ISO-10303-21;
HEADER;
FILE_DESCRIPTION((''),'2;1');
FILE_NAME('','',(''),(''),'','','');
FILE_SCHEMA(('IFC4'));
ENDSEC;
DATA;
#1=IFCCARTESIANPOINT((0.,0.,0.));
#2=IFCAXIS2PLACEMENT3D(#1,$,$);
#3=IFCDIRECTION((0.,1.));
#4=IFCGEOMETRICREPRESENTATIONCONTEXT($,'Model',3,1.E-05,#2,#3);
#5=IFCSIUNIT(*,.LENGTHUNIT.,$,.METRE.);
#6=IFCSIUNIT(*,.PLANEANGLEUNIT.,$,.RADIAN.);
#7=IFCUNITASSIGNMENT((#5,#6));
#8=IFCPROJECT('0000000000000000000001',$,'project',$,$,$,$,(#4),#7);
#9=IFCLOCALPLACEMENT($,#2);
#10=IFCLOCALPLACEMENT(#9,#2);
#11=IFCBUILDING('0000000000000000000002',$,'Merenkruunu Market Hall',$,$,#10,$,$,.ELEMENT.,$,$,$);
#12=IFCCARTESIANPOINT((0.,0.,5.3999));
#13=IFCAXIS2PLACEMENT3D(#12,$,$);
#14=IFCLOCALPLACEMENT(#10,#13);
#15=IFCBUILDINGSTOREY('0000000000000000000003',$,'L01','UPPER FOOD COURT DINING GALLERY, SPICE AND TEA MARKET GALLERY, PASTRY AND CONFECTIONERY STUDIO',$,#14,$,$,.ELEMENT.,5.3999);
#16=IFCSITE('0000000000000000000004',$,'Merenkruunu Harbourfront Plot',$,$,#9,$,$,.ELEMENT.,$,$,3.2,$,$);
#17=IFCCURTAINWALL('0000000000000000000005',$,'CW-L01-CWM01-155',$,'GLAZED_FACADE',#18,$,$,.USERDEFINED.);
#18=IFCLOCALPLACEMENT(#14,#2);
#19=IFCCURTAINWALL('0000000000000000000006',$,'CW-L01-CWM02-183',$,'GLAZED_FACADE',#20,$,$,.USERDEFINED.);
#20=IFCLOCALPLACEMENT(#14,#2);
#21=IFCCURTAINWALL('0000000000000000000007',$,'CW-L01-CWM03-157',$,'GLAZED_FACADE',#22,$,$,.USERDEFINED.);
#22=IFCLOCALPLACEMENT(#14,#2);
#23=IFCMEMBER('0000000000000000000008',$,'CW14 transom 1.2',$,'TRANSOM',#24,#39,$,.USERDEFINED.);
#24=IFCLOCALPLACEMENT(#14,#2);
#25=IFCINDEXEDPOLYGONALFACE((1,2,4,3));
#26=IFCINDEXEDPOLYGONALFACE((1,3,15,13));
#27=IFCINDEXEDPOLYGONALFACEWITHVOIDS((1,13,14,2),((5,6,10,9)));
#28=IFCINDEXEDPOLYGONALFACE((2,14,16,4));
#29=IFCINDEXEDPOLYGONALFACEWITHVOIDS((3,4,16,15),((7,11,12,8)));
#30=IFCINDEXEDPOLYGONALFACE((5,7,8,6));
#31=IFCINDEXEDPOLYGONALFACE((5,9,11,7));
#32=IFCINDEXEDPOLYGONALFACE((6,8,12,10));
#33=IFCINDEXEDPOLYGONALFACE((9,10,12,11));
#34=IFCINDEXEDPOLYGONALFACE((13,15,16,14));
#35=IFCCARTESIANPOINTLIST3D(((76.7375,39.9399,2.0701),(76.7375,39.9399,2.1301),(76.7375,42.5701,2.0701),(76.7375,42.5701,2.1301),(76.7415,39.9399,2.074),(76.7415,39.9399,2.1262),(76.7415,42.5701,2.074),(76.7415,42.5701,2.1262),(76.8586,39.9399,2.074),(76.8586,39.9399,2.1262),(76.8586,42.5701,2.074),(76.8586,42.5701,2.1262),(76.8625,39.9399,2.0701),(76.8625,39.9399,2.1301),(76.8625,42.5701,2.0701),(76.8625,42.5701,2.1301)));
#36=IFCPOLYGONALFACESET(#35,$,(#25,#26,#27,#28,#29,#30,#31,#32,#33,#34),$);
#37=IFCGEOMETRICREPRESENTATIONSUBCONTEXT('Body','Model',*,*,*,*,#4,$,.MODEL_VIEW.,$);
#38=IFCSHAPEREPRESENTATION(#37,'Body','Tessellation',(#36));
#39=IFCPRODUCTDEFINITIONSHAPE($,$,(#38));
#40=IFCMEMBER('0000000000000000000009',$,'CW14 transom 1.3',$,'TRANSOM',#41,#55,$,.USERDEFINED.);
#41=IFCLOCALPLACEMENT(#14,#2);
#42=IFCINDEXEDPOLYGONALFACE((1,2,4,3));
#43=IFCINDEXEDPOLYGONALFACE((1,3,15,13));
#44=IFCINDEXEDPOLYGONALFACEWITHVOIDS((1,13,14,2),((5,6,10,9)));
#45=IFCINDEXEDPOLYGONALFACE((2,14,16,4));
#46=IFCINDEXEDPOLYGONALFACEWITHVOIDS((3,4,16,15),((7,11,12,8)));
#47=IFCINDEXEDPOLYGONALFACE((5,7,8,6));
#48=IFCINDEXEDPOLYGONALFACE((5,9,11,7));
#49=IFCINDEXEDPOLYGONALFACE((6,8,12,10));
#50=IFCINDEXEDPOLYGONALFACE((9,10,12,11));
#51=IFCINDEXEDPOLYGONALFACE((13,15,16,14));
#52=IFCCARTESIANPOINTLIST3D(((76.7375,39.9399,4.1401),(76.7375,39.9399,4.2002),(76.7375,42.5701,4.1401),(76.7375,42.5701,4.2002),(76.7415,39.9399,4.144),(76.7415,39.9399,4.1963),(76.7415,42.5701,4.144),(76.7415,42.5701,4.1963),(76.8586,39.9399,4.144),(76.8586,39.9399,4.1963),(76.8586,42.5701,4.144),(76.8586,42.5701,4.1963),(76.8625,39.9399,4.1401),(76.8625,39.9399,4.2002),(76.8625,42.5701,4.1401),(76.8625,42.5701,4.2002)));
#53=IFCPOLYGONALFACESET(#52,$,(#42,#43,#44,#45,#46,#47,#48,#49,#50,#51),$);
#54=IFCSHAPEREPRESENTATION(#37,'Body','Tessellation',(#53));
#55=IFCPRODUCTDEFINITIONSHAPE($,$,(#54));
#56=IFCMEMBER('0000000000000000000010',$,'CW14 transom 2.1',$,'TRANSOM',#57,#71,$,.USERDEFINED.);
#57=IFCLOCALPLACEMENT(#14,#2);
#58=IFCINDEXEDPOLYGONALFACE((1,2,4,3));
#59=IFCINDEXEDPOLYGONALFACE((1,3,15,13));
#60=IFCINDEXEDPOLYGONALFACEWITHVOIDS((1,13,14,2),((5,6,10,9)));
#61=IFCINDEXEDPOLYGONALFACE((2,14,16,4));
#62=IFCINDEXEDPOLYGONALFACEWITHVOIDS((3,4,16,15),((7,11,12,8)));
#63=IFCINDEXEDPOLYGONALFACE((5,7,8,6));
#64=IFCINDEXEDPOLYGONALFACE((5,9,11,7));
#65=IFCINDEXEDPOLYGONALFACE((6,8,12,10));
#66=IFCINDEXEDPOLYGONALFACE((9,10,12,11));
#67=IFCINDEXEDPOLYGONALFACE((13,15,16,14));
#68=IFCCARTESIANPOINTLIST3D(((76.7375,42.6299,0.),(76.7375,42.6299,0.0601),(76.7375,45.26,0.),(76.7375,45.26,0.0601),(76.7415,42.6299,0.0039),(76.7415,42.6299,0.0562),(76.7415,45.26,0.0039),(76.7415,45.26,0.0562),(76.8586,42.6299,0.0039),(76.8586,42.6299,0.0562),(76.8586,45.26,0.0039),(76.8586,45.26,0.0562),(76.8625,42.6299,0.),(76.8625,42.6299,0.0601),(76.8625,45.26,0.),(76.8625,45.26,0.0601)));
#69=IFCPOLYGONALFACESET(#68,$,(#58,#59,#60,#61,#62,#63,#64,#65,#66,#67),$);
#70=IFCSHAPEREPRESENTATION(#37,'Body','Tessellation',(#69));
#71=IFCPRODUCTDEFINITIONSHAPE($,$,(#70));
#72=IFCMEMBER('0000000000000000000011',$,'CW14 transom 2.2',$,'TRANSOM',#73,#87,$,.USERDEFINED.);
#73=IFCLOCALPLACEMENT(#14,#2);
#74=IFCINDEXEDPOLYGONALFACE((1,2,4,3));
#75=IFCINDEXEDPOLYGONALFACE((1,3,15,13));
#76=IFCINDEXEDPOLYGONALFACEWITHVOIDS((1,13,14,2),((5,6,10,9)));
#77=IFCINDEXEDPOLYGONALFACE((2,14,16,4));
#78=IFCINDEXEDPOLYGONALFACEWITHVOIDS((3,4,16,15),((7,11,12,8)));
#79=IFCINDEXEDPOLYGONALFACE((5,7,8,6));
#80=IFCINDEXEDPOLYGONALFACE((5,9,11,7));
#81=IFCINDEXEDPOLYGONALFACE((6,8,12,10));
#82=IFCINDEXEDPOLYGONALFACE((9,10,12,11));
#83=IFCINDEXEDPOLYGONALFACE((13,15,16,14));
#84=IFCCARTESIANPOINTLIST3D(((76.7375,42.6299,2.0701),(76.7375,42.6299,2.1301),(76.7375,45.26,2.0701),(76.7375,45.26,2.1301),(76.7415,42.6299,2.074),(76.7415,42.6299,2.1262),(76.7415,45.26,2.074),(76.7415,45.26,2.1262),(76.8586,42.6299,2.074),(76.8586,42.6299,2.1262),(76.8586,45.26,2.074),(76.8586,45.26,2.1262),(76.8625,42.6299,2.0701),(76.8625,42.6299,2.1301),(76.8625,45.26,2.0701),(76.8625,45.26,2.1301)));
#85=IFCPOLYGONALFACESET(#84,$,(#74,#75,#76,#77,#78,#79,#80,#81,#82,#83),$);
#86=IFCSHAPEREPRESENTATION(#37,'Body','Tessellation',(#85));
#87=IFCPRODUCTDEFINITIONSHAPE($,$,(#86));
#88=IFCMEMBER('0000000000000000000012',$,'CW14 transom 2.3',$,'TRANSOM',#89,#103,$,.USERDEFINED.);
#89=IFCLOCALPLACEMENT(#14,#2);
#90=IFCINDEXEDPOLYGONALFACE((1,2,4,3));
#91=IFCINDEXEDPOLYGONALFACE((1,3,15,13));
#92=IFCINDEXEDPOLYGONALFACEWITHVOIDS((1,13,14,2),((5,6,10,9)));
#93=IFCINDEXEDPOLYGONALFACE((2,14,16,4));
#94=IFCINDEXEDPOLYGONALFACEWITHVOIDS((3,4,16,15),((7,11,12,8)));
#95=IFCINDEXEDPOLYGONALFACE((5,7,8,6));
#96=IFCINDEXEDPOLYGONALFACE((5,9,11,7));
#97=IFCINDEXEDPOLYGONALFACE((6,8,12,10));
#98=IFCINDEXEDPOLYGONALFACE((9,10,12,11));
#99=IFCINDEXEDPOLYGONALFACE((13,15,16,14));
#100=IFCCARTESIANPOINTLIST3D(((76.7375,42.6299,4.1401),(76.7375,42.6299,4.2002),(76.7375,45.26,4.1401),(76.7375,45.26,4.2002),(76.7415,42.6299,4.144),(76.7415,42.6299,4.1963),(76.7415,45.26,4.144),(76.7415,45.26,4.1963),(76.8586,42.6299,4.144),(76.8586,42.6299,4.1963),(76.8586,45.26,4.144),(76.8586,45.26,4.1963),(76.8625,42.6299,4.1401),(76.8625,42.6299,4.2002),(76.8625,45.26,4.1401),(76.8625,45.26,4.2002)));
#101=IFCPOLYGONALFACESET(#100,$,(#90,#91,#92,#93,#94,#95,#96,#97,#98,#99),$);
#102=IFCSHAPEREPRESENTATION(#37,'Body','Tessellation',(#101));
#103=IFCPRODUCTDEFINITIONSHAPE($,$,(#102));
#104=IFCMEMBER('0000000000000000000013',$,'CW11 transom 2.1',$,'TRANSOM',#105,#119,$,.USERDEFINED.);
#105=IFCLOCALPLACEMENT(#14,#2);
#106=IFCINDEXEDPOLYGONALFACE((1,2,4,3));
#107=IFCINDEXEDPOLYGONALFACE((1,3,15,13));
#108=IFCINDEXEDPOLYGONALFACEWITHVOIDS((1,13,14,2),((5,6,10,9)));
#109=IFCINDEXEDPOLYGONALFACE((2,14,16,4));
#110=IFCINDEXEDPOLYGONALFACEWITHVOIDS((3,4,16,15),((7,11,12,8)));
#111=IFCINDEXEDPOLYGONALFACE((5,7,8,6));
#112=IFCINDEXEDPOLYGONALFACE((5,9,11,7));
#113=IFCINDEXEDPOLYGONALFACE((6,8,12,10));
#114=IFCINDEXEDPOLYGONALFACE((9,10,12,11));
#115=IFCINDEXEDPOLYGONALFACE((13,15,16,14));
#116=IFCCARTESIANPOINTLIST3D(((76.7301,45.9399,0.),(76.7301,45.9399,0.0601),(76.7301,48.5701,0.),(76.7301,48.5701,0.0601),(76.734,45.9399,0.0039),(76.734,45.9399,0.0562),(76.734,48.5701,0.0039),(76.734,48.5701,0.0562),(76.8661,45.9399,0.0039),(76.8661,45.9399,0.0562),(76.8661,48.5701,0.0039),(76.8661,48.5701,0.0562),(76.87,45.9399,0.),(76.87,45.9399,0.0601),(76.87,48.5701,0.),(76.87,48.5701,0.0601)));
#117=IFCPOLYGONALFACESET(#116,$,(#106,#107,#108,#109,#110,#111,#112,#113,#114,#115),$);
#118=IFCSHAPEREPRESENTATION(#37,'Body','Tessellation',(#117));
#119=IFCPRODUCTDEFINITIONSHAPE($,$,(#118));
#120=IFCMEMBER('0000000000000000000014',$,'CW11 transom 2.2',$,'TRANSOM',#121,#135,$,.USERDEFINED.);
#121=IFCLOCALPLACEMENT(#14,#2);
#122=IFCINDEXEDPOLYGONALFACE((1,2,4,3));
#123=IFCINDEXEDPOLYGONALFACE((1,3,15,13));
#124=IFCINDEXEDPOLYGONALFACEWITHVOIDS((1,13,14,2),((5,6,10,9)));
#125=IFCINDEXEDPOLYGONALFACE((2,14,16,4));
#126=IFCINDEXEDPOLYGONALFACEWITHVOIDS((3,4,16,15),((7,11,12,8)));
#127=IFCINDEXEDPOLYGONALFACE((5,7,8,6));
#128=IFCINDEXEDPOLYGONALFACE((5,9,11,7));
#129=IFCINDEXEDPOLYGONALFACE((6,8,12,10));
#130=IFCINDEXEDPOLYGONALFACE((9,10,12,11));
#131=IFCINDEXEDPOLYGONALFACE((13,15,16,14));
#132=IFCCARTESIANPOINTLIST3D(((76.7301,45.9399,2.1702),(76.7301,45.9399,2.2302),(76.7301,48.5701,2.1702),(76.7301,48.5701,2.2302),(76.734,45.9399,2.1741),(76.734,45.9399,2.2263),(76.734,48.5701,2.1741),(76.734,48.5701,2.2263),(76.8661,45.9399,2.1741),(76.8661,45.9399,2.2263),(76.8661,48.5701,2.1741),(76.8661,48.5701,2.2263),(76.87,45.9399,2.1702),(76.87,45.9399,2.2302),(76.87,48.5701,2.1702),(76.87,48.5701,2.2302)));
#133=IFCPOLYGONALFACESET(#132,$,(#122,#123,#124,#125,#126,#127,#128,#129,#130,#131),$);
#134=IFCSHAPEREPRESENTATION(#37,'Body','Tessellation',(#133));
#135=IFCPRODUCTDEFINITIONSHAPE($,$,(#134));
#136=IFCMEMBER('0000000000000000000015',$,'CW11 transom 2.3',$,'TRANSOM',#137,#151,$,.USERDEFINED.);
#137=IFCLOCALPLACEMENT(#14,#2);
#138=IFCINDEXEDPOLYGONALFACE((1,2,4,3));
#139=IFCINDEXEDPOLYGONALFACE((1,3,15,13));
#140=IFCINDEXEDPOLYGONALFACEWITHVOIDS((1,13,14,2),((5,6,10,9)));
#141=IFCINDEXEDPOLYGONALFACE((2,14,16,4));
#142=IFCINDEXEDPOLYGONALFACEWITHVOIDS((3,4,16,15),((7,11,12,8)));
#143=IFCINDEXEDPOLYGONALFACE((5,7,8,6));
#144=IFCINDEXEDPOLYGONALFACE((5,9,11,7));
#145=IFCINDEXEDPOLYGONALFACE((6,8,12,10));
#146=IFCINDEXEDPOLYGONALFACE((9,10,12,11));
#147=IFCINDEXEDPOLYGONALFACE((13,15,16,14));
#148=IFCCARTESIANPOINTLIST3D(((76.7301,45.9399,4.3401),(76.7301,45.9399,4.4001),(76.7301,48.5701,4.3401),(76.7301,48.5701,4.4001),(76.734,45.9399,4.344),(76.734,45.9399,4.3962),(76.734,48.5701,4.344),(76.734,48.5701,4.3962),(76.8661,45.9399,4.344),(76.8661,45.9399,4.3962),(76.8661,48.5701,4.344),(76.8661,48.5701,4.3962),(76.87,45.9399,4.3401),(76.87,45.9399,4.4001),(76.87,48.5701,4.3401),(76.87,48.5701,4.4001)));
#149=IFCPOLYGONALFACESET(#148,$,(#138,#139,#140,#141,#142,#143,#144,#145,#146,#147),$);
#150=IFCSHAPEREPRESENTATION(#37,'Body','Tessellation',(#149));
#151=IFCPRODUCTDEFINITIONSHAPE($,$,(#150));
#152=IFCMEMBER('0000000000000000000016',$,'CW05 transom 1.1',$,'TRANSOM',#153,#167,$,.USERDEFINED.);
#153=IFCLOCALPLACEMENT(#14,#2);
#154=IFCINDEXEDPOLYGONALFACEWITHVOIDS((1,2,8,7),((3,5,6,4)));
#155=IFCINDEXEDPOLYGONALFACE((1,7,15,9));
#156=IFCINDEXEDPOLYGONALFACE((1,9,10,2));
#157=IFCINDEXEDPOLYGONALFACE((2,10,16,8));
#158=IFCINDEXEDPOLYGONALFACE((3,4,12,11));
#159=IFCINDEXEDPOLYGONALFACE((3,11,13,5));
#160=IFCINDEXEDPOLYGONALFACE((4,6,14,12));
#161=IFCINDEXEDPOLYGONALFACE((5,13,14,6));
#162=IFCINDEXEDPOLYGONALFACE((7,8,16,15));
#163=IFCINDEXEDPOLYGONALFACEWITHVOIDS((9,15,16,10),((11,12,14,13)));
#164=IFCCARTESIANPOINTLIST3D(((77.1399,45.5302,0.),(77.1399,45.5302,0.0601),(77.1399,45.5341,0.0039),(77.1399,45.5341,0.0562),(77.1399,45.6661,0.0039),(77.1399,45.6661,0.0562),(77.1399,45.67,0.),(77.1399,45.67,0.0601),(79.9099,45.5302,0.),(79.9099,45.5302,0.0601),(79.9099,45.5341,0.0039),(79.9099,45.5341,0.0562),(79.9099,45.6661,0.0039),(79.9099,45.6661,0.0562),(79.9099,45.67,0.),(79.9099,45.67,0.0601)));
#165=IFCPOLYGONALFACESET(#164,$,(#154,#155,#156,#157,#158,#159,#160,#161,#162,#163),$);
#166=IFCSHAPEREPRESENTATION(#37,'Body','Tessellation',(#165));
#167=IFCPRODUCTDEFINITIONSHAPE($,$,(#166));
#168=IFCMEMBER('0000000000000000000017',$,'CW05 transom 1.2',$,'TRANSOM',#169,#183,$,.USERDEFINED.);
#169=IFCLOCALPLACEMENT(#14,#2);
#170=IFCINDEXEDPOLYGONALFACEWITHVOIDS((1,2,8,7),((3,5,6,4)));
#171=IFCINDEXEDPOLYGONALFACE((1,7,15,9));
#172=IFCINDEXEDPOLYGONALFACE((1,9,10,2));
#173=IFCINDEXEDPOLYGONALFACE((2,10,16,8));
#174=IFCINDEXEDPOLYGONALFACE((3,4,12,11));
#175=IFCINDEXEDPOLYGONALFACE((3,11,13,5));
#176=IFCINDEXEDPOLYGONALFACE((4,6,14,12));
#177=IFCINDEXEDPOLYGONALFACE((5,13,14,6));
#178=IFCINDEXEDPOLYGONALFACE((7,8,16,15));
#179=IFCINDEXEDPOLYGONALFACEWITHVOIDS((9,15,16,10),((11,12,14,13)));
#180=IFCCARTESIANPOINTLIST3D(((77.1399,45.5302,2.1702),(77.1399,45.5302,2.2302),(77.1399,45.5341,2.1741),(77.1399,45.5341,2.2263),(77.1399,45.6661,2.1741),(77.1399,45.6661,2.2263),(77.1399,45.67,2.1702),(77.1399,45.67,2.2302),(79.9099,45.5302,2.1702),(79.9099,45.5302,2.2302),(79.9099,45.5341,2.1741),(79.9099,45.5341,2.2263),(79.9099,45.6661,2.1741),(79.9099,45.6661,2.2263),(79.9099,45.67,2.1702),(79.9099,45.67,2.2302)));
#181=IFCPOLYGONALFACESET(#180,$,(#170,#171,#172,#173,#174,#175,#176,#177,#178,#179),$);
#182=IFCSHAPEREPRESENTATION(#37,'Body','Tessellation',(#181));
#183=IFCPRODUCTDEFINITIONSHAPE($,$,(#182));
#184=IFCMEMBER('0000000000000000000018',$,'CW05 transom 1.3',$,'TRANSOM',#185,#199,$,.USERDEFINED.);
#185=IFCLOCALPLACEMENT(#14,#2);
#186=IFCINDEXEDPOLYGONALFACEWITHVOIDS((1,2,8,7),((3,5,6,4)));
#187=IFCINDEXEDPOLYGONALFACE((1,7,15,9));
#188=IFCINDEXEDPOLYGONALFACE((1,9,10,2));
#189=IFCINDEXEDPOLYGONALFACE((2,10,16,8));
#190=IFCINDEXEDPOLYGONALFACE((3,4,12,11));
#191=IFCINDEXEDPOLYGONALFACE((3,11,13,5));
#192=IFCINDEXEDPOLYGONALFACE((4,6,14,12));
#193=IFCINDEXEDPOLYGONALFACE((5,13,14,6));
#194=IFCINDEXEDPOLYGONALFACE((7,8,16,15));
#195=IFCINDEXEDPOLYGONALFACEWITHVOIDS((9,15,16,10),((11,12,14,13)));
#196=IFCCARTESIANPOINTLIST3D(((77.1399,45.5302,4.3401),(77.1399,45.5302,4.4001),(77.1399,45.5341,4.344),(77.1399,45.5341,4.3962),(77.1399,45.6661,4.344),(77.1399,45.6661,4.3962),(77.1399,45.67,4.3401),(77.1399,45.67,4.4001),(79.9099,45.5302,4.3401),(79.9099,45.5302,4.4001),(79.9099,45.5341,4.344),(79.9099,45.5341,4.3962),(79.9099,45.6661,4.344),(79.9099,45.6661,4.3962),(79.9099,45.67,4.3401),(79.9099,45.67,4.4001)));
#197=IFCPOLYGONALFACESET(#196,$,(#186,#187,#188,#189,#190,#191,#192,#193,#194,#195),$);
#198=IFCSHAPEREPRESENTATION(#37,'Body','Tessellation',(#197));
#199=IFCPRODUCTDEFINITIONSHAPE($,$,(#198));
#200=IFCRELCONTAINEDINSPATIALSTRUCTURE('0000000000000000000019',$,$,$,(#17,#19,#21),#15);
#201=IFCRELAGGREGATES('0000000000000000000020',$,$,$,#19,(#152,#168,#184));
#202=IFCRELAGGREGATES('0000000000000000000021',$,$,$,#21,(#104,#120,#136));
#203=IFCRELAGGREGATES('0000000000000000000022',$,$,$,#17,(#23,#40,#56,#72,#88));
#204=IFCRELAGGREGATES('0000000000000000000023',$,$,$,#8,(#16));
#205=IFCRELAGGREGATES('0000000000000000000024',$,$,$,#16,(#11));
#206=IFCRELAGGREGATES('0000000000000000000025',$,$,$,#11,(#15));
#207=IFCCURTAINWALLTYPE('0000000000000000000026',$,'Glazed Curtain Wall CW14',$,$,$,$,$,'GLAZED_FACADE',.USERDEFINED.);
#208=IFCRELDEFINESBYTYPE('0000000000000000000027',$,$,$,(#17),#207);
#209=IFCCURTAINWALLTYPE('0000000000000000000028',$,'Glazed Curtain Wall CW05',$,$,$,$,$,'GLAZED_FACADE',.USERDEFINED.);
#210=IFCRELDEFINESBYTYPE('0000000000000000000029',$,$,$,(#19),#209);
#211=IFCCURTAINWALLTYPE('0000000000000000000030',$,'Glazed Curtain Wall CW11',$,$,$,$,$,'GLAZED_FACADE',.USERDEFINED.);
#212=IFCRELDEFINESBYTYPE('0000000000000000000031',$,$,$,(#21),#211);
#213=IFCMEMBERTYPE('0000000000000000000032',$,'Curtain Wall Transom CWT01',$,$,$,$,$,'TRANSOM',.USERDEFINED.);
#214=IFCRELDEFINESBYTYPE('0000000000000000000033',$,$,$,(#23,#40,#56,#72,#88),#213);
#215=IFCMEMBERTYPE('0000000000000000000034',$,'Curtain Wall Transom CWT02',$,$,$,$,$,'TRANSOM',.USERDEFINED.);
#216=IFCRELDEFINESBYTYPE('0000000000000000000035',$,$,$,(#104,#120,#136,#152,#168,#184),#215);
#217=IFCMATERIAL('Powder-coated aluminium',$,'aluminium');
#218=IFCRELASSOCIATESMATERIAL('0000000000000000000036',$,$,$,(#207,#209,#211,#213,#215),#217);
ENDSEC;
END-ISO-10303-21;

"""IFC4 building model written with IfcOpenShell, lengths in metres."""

from ifc_helpers import new_model, si_unit, direction, frame, origin, origin_2d, place, context, subcontext, project, spatial, hollow_rectangle, extrude, material, material_profile, profile_set, type_object, element, aggregate, save


model = new_model("IFC4")

# Units and contexts
model_context = context("Model", 3, precision=1e-05, world=origin(), true_north=direction((0.0, 1.0)))
body_context = subcontext(model_context, "Body", "Model", "MODEL_VIEW")
ifc_project = project(units=[si_unit("LENGTHUNIT", "METRE"), si_unit("PLANEANGLEUNIT", "RADIAN")], contexts=[model_context])

# Site, building, storey
site_placement = place(None, origin())
site = spatial("IfcSite", under=ifc_project, at=site_placement, Name="Merenkruunu Harbourfront Plot", CompositionType="ELEMENT", RefElevation=3.2)
building_placement = place(site_placement, origin())
building = spatial("IfcBuilding", under=site, at=building_placement, Name="Merenkruunu Market Hall", CompositionType="ELEMENT")
storey_placement = place(building_placement, frame((0.0, 0.0, 5.3999)))
storey = spatial("IfcBuildingStorey", under=building, at=storey_placement, Name="L01", Description="UPPER FOOD COURT DINING GALLERY, SPICE AND TEA MARKET GALLERY, PASTRY AND CONFECTIONERY STUDIO", CompositionType="ELEMENT", Elevation=5.3999)

# Curtain wall
ifc_material_1 = material(Name="Powder-coated aluminium", Category="aluminium")
curtain_wall_type_1 = type_object("IfcCurtainWallType", Name="Glazed Curtain Wall CW14", ElementType="GLAZED_FACADE", PredefinedType="USERDEFINED", material=ifc_material_1)
curtain_wall_1_placement = place(storey_placement, origin())
curtain_wall_1 = element("IfcCurtainWall", 1, at=curtain_wall_1_placement, inside=storey, type_object=curtain_wall_type_1, Name="CW-L01-CWM01-155", ObjectType="GLAZED_FACADE", PredefinedType="USERDEFINED")

# Curtain wall
curtain_wall_type_2 = type_object("IfcCurtainWallType", Name="Glazed Curtain Wall CW05", ElementType="GLAZED_FACADE", PredefinedType="USERDEFINED", material=ifc_material_1)
curtain_wall_2_placement = place(storey_placement, origin())
curtain_wall_2 = element("IfcCurtainWall", 2, at=curtain_wall_2_placement, inside=storey, type_object=curtain_wall_type_2, Name="CW-L01-CWM02-183", ObjectType="GLAZED_FACADE", PredefinedType="USERDEFINED")

# Curtain wall
curtain_wall_type_3 = type_object("IfcCurtainWallType", Name="Glazed Curtain Wall CW11", ElementType="GLAZED_FACADE", PredefinedType="USERDEFINED", material=ifc_material_1)
curtain_wall_3_placement = place(storey_placement, origin())
curtain_wall_3 = element("IfcCurtainWall", 3, at=curtain_wall_3_placement, inside=storey, type_object=curtain_wall_type_3, Name="CW-L01-CWM03-157", ObjectType="GLAZED_FACADE", PredefinedType="USERDEFINED")

# Members
ifc_material_profile_1 = material_profile(ifc_material_1, hollow_rectangle(XDim=0.0601, YDim=0.125, WallThickness=0.0039, at=origin_2d()), Name="ALU 60x125x4")
ifc_profile_set_1 = profile_set([ifc_material_profile_1], Name="Powder-coated aluminium")
member_type_1 = type_object("IfcMemberType", Name="Curtain Wall Transom CWT01", ElementType="TRANSOM", PredefinedType="USERDEFINED", material=ifc_profile_set_1)
member_1_placement = place(storey_placement, frame((76.8, 39.9399, 2.1001), z_axis=(0.0, 1.0, 0.0), x_axis=(0.0, 0.0, 1.0)))
member_1 = element("IfcMember", 4, at=member_1_placement, type_object=member_type_1, Name="CW14 transom 1.2", ObjectType="TRANSOM", PredefinedType="USERDEFINED", context=body_context, shape_type="SweptSolid", body=[
    extrude(hollow_rectangle(XDim=0.0601, YDim=0.125, WallThickness=0.0039, at=origin_2d()), origin(), (0.0, 0.0, 1.0), 2.6301),
])
member_2_placement = place(storey_placement, frame((76.8, 39.9399, 4.1702), z_axis=(0.0, 1.0, 0.0), x_axis=(0.0, 0.0, 1.0)))
member_2 = element("IfcMember", 5, at=member_2_placement, type_object=member_type_1, Name="CW14 transom 1.3", ObjectType="TRANSOM", PredefinedType="USERDEFINED", context=body_context, shape_type="SweptSolid", body=[
    extrude(hollow_rectangle(XDim=0.0601, YDim=0.125, WallThickness=0.0039, at=origin_2d()), origin(), (0.0, 0.0, 1.0), 2.6301),
])
member_3_placement = place(storey_placement, frame((76.8, 42.6299, 0.03), z_axis=(0.0, 1.0, 0.0), x_axis=(0.0, 0.0, 1.0)))
member_3 = element("IfcMember", 6, at=member_3_placement, type_object=member_type_1, Name="CW14 transom 2.1", ObjectType="TRANSOM", PredefinedType="USERDEFINED", context=body_context, shape_type="SweptSolid", body=[
    extrude(hollow_rectangle(XDim=0.0601, YDim=0.125, WallThickness=0.0039, at=origin_2d()), origin(), (0.0, 0.0, 1.0), 2.6301),
])
member_4_placement = place(storey_placement, frame((76.8, 42.6299, 2.1001), z_axis=(0.0, 1.0, 0.0), x_axis=(0.0, 0.0, 1.0)))
member_4 = element("IfcMember", 7, at=member_4_placement, type_object=member_type_1, Name="CW14 transom 2.2", ObjectType="TRANSOM", PredefinedType="USERDEFINED", context=body_context, shape_type="SweptSolid", body=[
    extrude(hollow_rectangle(XDim=0.0601, YDim=0.125, WallThickness=0.0039, at=origin_2d()), origin(), (0.0, 0.0, 1.0), 2.6301),
])
member_5_placement = place(storey_placement, frame((76.8, 42.6299, 4.1702), z_axis=(0.0, 1.0, 0.0), x_axis=(0.0, 0.0, 1.0)))
member_5 = element("IfcMember", 8, at=member_5_placement, type_object=member_type_1, Name="CW14 transom 2.3", ObjectType="TRANSOM", PredefinedType="USERDEFINED", context=body_context, shape_type="SweptSolid", body=[
    extrude(hollow_rectangle(XDim=0.0601, YDim=0.125, WallThickness=0.0039, at=origin_2d()), origin(), (0.0, 0.0, 1.0), 2.6301),
])
ifc_material_profile_2 = material_profile(ifc_material_1, hollow_rectangle(XDim=0.0601, YDim=0.1399, WallThickness=0.0039, at=origin_2d()), Name="ALU 60x140x4")
ifc_profile_set_2 = profile_set([ifc_material_profile_2], Name="Powder-coated aluminium")
member_type_2 = type_object("IfcMemberType", Name="Curtain Wall Transom CWT02", ElementType="TRANSOM", PredefinedType="USERDEFINED", material=ifc_profile_set_2)
member_6_placement = place(storey_placement, frame((76.8, 48.5701, 0.03), z_axis=(0.0, -1.0, 0.0), x_axis=(0.0, 0.0, 1.0)))
member_6 = element("IfcMember", 9, at=member_6_placement, type_object=member_type_2, Name="CW11 transom 2.1", ObjectType="TRANSOM", PredefinedType="USERDEFINED", context=body_context, shape_type="SweptSolid", body=[
    extrude(hollow_rectangle(XDim=0.0601, YDim=0.1399, WallThickness=0.0039, at=origin_2d()), origin(), (0.0, 0.0, 1.0), 2.6301),
])
member_7_placement = place(storey_placement, frame((76.8, 48.5701, 2.2002), z_axis=(0.0, -1.0, 0.0), x_axis=(0.0, 0.0, 1.0)))
member_7 = element("IfcMember", 10, at=member_7_placement, type_object=member_type_2, Name="CW11 transom 2.2", ObjectType="TRANSOM", PredefinedType="USERDEFINED", context=body_context, shape_type="SweptSolid", body=[
    extrude(hollow_rectangle(XDim=0.0601, YDim=0.1399, WallThickness=0.0039, at=origin_2d()), origin(), (0.0, 0.0, 1.0), 2.6301),
])
member_8_placement = place(storey_placement, frame((76.8, 48.5701, 4.3701), z_axis=(0.0, -1.0, 0.0), x_axis=(0.0, 0.0, 1.0)))
member_8 = element("IfcMember", 11, at=member_8_placement, type_object=member_type_2, Name="CW11 transom 2.3", ObjectType="TRANSOM", PredefinedType="USERDEFINED", context=body_context, shape_type="SweptSolid", body=[
    extrude(hollow_rectangle(XDim=0.0601, YDim=0.1399, WallThickness=0.0039, at=origin_2d()), origin(), (0.0, 0.0, 1.0), 2.6301),
])
member_9_placement = place(storey_placement, frame((77.1399, 45.6001, 0.03), z_axis=(1.0, 0.0, 0.0), x_axis=(0.0, 0.0, 1.0)))
member_9 = element("IfcMember", 12, at=member_9_placement, type_object=member_type_2, Name="CW05 transom 1.1", ObjectType="TRANSOM", PredefinedType="USERDEFINED", context=body_context, shape_type="SweptSolid", body=[
    extrude(hollow_rectangle(XDim=0.0601, YDim=0.1399, WallThickness=0.0039, at=origin_2d()), origin(), (0.0, 0.0, 1.0), 2.77),
])
member_10_placement = place(storey_placement, frame((77.1399, 45.6001, 2.2002), z_axis=(1.0, 0.0, 0.0), x_axis=(0.0, 0.0, 1.0)))
member_10 = element("IfcMember", 13, at=member_10_placement, type_object=member_type_2, Name="CW05 transom 1.2", ObjectType="TRANSOM", PredefinedType="USERDEFINED", context=body_context, shape_type="SweptSolid", body=[
    extrude(hollow_rectangle(XDim=0.0601, YDim=0.1399, WallThickness=0.0039, at=origin_2d()), origin(), (0.0, 0.0, 1.0), 2.77),
])
member_11_placement = place(storey_placement, frame((77.1399, 45.6001, 4.3701), z_axis=(1.0, 0.0, 0.0), x_axis=(0.0, 0.0, 1.0)))
member_11 = element("IfcMember", 14, at=member_11_placement, type_object=member_type_2, Name="CW05 transom 1.3", ObjectType="TRANSOM", PredefinedType="USERDEFINED", context=body_context, shape_type="SweptSolid", body=[
    extrude(hollow_rectangle(XDim=0.0601, YDim=0.1399, WallThickness=0.0039, at=origin_2d()), origin(), (0.0, 0.0, 1.0), 2.77),
])
aggregate(curtain_wall_2, [member_9, member_10, member_11])

aggregate(curtain_wall_3, [member_6, member_7, member_8])
aggregate(curtain_wall_1, [member_1, member_2, member_3, member_4, member_5])

save(model, "model.ifc")
